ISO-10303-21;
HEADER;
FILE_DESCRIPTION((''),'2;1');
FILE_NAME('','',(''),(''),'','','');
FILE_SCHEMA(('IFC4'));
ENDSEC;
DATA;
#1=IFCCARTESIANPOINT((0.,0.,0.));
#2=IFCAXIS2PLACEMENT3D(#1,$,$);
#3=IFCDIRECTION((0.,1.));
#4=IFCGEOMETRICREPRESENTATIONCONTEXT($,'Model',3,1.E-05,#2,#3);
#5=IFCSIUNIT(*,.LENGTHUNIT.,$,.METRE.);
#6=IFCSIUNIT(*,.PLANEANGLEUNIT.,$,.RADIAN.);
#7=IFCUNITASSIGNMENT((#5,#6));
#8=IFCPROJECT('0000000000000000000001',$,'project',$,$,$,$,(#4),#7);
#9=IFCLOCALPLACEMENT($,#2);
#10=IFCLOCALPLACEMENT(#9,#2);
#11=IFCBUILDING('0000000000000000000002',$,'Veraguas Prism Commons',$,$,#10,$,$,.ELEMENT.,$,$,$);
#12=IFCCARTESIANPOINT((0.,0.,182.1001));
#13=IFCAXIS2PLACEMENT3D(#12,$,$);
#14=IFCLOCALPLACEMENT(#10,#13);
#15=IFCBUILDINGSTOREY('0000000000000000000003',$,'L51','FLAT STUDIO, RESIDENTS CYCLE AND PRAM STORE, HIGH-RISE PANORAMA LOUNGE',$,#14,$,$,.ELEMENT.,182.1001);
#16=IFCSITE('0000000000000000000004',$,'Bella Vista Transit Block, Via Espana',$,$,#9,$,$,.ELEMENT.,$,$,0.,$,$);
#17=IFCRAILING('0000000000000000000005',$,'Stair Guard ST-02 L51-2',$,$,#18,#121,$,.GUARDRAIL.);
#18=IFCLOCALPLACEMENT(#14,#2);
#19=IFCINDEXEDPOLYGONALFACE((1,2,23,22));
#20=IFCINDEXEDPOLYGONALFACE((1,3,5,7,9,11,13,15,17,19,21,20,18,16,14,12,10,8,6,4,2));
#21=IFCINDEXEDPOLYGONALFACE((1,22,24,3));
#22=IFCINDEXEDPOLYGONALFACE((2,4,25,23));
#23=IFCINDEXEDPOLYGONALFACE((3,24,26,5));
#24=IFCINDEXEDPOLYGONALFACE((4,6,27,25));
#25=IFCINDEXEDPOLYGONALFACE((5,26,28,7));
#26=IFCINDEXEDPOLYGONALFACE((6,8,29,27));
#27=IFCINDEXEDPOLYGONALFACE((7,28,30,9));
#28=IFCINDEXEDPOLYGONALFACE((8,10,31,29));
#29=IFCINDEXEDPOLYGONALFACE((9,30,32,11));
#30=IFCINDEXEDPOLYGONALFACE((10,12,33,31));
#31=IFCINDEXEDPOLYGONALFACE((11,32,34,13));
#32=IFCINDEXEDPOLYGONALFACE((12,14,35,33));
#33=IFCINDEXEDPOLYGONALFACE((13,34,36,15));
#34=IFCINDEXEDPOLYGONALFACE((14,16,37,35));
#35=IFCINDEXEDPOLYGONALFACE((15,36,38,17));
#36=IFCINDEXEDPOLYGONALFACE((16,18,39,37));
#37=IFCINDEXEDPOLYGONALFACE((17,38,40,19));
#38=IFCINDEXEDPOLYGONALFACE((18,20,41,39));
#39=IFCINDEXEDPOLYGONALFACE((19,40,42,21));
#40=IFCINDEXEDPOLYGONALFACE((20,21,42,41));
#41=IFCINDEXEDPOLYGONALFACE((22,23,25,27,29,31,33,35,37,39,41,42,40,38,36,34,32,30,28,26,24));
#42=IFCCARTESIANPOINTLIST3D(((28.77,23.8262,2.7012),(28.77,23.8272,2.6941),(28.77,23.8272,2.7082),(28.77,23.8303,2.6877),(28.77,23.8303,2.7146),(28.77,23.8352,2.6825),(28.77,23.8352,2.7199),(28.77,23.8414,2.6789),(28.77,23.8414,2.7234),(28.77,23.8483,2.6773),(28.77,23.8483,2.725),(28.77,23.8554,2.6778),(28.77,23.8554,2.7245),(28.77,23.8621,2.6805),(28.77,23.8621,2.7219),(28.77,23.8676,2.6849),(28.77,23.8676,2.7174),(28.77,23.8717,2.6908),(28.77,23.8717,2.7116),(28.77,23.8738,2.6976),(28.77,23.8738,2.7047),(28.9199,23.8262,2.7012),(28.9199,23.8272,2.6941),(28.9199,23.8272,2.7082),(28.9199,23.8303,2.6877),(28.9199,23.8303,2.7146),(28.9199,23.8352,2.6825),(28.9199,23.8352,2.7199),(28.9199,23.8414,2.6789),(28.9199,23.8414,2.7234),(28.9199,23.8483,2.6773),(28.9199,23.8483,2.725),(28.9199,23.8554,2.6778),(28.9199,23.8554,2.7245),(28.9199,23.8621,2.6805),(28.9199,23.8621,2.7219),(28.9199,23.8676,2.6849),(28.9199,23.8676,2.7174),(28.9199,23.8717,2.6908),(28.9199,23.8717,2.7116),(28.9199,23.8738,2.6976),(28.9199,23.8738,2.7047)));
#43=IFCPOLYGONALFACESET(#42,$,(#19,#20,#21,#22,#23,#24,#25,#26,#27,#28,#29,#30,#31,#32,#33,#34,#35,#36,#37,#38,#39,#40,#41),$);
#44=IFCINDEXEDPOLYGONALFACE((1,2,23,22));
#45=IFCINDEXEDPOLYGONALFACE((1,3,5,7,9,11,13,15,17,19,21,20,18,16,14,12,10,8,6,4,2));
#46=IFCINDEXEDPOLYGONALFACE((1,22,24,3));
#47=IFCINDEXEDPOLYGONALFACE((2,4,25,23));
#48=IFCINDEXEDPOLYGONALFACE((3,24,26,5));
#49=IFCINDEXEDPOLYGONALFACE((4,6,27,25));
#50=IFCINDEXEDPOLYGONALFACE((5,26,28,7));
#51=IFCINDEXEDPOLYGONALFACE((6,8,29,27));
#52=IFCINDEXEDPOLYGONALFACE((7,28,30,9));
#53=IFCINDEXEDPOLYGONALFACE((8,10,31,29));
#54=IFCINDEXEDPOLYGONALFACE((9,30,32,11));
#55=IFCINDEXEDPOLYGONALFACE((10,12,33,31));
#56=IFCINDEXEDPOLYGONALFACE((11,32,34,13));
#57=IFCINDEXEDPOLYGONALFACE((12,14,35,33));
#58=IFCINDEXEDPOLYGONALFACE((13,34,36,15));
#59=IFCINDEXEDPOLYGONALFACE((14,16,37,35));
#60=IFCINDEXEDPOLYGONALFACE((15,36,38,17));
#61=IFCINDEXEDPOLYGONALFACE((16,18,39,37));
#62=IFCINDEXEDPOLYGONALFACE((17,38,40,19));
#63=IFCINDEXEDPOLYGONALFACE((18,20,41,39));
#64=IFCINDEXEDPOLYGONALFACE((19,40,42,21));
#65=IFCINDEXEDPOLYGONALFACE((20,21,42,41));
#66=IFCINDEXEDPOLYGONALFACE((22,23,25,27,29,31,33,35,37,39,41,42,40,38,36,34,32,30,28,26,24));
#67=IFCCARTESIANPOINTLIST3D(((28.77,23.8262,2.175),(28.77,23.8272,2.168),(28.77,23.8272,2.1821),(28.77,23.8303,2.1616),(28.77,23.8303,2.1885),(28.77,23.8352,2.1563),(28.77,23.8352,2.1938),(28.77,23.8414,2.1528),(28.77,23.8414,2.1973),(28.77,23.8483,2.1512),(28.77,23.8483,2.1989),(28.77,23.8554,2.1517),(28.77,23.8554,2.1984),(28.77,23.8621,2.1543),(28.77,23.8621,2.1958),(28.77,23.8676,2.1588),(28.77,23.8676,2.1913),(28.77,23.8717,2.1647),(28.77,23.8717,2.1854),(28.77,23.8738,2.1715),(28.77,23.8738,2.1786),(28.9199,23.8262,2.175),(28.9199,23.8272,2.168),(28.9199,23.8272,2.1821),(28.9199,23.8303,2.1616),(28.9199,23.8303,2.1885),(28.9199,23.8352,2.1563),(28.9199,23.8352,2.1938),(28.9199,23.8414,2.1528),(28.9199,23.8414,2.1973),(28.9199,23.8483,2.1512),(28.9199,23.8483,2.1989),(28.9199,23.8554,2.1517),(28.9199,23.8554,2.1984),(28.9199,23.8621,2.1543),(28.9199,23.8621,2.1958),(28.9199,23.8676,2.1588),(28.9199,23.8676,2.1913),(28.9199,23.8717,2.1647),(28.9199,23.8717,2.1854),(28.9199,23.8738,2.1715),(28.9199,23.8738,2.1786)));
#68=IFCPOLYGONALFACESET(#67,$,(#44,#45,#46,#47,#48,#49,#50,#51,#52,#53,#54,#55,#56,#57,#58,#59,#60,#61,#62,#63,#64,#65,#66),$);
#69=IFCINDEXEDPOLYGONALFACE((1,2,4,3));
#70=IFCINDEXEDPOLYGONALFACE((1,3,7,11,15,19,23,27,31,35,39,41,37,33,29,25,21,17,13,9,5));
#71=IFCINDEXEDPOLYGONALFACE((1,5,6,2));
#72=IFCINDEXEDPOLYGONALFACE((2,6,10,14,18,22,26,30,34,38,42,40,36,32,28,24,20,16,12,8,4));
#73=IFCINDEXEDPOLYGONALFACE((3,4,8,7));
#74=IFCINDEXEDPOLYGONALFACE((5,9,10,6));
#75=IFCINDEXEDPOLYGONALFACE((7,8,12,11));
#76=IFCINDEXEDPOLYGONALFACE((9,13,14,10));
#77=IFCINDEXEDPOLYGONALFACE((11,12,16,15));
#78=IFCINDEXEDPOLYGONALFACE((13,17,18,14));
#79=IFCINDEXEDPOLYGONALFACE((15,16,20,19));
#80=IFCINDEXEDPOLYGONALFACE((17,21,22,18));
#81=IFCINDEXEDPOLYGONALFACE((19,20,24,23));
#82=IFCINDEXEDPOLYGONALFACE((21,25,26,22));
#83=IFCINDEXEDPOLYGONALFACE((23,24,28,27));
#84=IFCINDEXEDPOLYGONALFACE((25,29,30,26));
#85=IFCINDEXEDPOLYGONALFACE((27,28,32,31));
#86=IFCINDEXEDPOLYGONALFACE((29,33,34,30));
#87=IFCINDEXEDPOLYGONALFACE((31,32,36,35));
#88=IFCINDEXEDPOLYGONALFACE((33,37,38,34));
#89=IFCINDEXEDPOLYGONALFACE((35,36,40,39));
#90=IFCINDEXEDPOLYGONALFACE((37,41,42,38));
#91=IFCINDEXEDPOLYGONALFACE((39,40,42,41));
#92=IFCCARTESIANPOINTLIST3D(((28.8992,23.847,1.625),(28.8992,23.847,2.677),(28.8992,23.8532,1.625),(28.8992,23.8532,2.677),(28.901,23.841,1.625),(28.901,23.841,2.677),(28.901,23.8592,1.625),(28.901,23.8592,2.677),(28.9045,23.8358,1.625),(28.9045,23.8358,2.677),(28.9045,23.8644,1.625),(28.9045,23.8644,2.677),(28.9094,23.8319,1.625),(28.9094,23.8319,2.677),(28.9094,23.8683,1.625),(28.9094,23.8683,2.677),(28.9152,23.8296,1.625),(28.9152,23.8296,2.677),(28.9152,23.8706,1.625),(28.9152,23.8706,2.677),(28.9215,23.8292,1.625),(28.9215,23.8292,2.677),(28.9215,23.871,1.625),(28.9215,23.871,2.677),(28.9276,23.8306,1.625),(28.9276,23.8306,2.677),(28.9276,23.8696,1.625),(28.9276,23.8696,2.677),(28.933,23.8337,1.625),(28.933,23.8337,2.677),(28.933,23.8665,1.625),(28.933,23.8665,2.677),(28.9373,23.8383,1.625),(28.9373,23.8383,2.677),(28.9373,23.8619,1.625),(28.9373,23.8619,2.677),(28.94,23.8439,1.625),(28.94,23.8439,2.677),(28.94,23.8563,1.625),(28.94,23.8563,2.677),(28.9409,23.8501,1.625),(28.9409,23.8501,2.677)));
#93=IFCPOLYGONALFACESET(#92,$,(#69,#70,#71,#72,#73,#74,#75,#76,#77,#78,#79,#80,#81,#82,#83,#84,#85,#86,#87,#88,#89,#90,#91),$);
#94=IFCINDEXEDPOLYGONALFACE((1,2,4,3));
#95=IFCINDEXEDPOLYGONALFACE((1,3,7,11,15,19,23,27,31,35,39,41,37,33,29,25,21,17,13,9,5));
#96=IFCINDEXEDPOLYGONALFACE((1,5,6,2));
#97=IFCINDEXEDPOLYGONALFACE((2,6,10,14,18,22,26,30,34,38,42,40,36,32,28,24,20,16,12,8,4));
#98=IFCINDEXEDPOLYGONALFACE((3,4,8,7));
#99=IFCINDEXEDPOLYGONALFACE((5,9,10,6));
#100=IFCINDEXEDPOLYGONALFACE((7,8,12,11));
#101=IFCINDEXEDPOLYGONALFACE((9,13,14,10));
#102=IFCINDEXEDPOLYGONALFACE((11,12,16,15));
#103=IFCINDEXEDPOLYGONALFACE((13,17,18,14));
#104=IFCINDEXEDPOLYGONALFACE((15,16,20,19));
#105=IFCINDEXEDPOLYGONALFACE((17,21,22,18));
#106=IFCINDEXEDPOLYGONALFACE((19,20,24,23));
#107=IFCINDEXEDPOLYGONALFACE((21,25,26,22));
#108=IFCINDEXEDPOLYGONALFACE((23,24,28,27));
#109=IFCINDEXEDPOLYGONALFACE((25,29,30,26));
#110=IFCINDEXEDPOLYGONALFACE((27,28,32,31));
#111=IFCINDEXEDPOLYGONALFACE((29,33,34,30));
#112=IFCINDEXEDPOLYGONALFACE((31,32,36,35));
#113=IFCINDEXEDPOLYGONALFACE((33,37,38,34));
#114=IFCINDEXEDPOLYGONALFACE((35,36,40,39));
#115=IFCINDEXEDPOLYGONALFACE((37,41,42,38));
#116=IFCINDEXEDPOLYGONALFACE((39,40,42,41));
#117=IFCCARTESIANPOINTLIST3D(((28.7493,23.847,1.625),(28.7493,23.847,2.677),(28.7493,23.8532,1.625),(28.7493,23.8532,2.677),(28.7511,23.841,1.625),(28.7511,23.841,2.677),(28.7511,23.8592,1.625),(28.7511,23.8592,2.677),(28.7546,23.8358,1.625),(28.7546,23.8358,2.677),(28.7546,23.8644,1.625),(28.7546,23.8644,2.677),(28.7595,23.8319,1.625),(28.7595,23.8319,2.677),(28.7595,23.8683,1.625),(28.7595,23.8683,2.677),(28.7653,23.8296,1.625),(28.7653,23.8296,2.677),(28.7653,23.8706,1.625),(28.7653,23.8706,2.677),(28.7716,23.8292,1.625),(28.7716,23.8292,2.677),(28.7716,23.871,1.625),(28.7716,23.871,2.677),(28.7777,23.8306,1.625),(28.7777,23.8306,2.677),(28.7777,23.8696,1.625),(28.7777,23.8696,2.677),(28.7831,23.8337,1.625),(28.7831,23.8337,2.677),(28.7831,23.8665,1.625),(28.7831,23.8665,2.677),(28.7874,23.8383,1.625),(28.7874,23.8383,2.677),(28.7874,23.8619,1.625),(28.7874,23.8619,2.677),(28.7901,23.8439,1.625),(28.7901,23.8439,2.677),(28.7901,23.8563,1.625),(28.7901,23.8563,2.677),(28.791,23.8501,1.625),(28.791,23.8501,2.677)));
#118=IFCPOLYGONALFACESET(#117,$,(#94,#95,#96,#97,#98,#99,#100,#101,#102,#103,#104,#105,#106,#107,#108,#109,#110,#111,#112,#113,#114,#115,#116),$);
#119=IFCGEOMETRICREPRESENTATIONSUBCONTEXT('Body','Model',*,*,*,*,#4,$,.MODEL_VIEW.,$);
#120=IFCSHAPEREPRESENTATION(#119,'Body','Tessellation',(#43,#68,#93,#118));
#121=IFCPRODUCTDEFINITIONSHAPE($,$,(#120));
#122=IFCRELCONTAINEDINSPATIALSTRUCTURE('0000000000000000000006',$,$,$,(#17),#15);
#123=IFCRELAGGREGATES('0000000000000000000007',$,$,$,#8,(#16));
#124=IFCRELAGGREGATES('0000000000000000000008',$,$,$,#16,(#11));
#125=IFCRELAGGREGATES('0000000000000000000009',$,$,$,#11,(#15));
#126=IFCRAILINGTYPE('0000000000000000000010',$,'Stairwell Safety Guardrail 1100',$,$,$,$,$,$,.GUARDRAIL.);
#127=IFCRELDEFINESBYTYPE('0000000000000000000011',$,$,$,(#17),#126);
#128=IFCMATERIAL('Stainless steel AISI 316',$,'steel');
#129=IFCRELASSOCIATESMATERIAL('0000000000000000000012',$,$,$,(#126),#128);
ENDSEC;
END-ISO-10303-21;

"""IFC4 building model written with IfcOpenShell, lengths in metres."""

from ifc_helpers import new_model, si_unit, direction, frame, origin, origin_2d, place, context, subcontext, project, spatial, circle, extrude, material, type_object, element, save


model = new_model("IFC4")

# Units and contexts
model_context = context("Model", 3, precision=1e-05, world=origin(), true_north=direction((0.0, 1.0)))
body_context = subcontext(model_context, "Body", "Model", "MODEL_VIEW")
ifc_project = project(units=[si_unit("LENGTHUNIT", "METRE"), si_unit("PLANEANGLEUNIT", "RADIAN")], contexts=[model_context])

# Site, building, storey
site_placement = place(None, origin())
site = spatial("IfcSite", under=ifc_project, at=site_placement, Name="Bella Vista Transit Block, Via Espana", CompositionType="ELEMENT", RefElevation=0.0)
building_placement = place(site_placement, origin())
building = spatial("IfcBuilding", under=site, at=building_placement, Name="Veraguas Prism Commons", CompositionType="ELEMENT")
storey_placement = place(building_placement, frame((0.0, 0.0, 182.1001)))
storey = spatial("IfcBuildingStorey", under=building, at=storey_placement, Name="L51", Description="FLAT STUDIO, RESIDENTS CYCLE AND PRAM STORE, HIGH-RISE PANORAMA LOUNGE", CompositionType="ELEMENT", Elevation=182.1001)

# Railing
ifc_material_1 = material(Name="Stainless steel AISI 316", Category="steel")
railing_type_1 = type_object("IfcRailingType", Name="Stairwell Safety Guardrail 1100", PredefinedType="GUARDRAIL", material=ifc_material_1)
railing_1_placement = place(storey_placement, frame((28.9199, 23.8501, 1.625)))
element("IfcRailing", 1, at=railing_1_placement, inside=storey, type_object=railing_type_1, Name="Stair Guard ST-02 L51-2", PredefinedType="GUARDRAIL", context=body_context, shape_type="SweptSolid", body=[
    extrude(circle(Radius=0.0239, at=origin_2d()), frame((0.0, 0.0, 1.0762), z_axis=(-1.0, 0.0, 0.0), x_axis=(0.0, -1.0, 0.0)), (0.0, 0.0, 1.0), 0.1499),
    extrude(circle(Radius=0.0239, at=origin_2d()), frame((0.0, 0.0, 0.55), z_axis=(-1.0, 0.0, 0.0), x_axis=(0.0, -1.0, 0.0)), (0.0, 0.0, 1.0), 0.1499),
    extrude(circle(Radius=0.021, at=origin_2d()), origin(), (0.0, 0.0, 1.0), 1.052),
    extrude(circle(Radius=0.021, at=origin_2d()), frame((-0.1499, 0.0, 0.0)), (0.0, 0.0, 1.0), 1.052),
])

save(model, "model.ifc")
